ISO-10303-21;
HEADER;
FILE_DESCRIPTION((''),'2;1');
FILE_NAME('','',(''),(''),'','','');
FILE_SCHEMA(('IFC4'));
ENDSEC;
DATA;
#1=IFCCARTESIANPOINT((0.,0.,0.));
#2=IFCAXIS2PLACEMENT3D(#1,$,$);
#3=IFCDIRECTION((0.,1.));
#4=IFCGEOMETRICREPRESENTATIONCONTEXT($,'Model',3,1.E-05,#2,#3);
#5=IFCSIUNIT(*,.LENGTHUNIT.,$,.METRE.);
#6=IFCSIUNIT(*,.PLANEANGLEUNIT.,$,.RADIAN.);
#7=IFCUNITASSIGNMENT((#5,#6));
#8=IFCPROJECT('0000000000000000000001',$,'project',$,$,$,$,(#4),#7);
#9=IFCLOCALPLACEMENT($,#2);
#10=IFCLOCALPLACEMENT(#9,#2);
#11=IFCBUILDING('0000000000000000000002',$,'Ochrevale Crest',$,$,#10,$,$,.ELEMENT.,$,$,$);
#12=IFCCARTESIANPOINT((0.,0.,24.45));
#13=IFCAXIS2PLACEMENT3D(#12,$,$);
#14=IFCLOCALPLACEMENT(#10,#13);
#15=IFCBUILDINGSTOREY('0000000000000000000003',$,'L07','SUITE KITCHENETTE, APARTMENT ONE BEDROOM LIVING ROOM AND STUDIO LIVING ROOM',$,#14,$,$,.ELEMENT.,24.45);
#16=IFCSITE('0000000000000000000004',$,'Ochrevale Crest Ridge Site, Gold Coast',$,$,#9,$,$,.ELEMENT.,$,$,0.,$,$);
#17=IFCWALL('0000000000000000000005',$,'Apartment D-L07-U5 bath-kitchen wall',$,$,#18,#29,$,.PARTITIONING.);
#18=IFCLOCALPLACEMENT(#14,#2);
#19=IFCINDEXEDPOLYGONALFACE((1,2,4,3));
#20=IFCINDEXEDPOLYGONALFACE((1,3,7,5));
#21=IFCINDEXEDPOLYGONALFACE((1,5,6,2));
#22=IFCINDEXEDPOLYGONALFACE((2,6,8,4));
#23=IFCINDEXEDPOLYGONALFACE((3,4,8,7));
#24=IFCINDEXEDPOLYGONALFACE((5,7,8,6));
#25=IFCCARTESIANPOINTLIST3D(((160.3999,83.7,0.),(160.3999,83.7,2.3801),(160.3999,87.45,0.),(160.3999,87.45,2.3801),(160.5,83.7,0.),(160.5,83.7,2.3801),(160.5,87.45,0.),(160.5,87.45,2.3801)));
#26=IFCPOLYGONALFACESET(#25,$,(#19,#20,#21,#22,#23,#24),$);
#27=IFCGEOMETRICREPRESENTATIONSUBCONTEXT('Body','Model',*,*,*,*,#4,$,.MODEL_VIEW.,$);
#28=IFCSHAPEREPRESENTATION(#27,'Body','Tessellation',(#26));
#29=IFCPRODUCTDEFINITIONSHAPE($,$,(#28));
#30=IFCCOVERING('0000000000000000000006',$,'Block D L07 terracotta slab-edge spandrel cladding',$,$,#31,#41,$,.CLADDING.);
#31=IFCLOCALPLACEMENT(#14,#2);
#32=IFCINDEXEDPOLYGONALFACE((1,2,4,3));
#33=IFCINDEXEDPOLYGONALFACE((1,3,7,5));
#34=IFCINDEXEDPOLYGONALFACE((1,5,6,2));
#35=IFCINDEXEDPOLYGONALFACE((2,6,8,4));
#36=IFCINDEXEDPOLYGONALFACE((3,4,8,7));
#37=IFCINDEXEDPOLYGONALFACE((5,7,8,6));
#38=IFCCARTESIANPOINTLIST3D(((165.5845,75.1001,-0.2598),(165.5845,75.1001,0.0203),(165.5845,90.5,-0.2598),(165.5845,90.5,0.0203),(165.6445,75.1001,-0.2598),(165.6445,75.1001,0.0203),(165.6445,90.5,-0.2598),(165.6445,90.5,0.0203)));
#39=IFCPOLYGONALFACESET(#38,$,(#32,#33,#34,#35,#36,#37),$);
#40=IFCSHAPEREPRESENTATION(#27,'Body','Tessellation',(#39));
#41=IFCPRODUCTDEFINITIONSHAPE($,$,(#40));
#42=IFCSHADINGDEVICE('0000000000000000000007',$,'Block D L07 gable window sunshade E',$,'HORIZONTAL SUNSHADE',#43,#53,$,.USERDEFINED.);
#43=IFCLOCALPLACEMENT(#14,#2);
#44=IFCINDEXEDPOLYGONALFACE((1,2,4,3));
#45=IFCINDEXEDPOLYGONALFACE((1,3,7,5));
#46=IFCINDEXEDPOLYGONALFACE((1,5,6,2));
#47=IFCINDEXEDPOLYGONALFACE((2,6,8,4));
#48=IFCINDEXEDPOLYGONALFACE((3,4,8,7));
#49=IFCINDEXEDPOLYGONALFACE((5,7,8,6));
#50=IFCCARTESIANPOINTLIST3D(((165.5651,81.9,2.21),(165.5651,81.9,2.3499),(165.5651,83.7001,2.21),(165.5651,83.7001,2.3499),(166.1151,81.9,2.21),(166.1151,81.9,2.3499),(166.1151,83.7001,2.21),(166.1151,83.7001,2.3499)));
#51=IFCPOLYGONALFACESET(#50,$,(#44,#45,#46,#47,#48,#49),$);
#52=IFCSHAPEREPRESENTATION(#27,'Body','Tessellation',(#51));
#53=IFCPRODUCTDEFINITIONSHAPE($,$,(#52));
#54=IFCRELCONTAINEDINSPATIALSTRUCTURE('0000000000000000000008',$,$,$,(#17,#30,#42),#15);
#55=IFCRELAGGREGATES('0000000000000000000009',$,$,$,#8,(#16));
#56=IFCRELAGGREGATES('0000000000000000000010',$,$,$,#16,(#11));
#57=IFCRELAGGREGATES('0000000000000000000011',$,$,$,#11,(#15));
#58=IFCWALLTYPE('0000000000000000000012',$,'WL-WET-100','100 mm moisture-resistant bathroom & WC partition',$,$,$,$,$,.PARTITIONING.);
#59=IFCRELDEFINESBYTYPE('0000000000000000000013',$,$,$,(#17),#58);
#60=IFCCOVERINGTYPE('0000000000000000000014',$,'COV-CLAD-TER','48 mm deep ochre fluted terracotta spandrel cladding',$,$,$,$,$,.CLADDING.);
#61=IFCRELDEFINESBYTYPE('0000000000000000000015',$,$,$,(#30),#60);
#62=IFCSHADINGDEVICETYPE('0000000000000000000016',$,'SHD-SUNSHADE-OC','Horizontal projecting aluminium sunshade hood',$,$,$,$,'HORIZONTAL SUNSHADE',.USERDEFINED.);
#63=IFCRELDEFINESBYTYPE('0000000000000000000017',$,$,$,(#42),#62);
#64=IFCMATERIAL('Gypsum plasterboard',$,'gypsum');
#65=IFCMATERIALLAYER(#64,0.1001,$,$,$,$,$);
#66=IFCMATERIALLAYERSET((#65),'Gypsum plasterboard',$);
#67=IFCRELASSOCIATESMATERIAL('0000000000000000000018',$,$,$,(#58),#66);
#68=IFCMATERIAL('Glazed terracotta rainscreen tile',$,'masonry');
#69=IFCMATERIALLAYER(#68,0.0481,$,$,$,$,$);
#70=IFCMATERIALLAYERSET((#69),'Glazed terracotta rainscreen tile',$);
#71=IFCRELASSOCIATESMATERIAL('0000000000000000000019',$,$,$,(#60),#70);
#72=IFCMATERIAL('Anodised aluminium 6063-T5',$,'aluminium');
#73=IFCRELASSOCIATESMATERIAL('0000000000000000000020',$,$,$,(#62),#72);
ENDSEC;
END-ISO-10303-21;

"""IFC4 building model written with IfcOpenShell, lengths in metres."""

from ifc_helpers import new_model, si_unit, direction, frame, frame_2d, origin, origin_2d, place, context, subcontext, project, spatial, rectangle, extrude, material, layer, layer_set, type_object, element, save


model = new_model("IFC4")

# Units and contexts
model_context = context("Model", 3, precision=1e-05, world=origin(), true_north=direction((0.0, 1.0)))
body_context = subcontext(model_context, "Body", "Model", "MODEL_VIEW")
ifc_project = project(units=[si_unit("LENGTHUNIT", "METRE"), si_unit("PLANEANGLEUNIT", "RADIAN")], contexts=[model_context])

# Site, building, storey
site_placement = place(None, origin())
site = spatial("IfcSite", under=ifc_project, at=site_placement, Name="Ochrevale Crest Ridge Site, Gold Coast", CompositionType="ELEMENT", RefElevation=0.0)
building_placement = place(site_placement, origin())
building = spatial("IfcBuilding", under=site, at=building_placement, Name="Ochrevale Crest", CompositionType="ELEMENT")
storey_placement = place(building_placement, frame((0.0, 0.0, 24.45)))
storey = spatial("IfcBuildingStorey", under=building, at=storey_placement, Name="L07", Description="SUITE KITCHENETTE, APARTMENT ONE BEDROOM LIVING ROOM AND STUDIO LIVING ROOM", CompositionType="ELEMENT", Elevation=24.45)

# Shared definitions
ifc_material_1 = material(Name="Anodised aluminium 6063-T5", Category="aluminium")

# Shared definitions
ifc_material_2 = material(Name="Gypsum plasterboard", Category="gypsum")

# Wall
ifc_layer_1 = layer(ifc_material_2, 0.1001)
ifc_layer_set_1 = layer_set([ifc_layer_1], Name="Gypsum plasterboard")
wall_type_1 = type_object("IfcWallType", Name="WL-WET-100", Description="100 mm moisture-resistant bathroom & WC partition", PredefinedType="PARTITIONING", material=ifc_layer_set_1)
wall_1_placement = place(storey_placement, frame((160.45, 83.7, 0.0), z_axis=(0.0, 0.0, 1.0), x_axis=(0.0, 1.0, 0.0)))
element("IfcWall", 1, at=wall_1_placement, inside=storey, type_object=wall_type_1, Name="Apartment D-L07-U5 bath-kitchen wall", PredefinedType="PARTITIONING", context=body_context, shape_type="SweptSolid", body=[
    extrude(rectangle(XDim=3.75, YDim=0.1001, at=frame_2d((1.875, 0.0))), origin(), (0.0, 0.0, 1.0), 2.3801),
])

# Covering
ifc_material_3 = material(Name="Glazed terracotta rainscreen tile", Category="masonry")
ifc_layer_2 = layer(ifc_material_3, 0.0481)
ifc_layer_set_2 = layer_set([ifc_layer_2], Name="Glazed terracotta rainscreen tile")
covering_type = type_object("IfcCoveringType", Name="COV-CLAD-TER", Description="48 mm deep ochre fluted terracotta spandrel cladding", PredefinedType="CLADDING", material=ifc_layer_set_2)
covering_placement = place(storey_placement, frame((165.6145, 82.8, -0.2598), z_axis=(0.0, 0.0, 1.0), x_axis=(0.0, 1.0, 0.0)))
element("IfcCovering", 2, at=covering_placement, inside=storey, type_object=covering_type, Name="Block D L07 terracotta slab-edge spandrel cladding", PredefinedType="CLADDING", context=body_context, shape_type="SweptSolid", body=[
    extrude(rectangle(XDim=15.3999, YDim=0.0601, at=origin_2d()), origin(), (0.0, 0.0, 1.0), 0.28),
])

# Shading device
shading_device_type = type_object("IfcShadingDeviceType", Name="SHD-SUNSHADE-OC", Description="Horizontal projecting aluminium sunshade hood", ElementType="HORIZONTAL SUNSHADE", PredefinedType="USERDEFINED", material=ifc_material_1)
shading_device_placement = place(storey_placement, frame((165.8401, 82.8, 2.21), z_axis=(0.0, 0.0, 1.0), x_axis=(1.0, 0.0, 0.0)))
element("IfcShadingDevice", 3, at=shading_device_placement, inside=storey, type_object=shading_device_type, Name="Block D L07 gable window sunshade E", ObjectType="HORIZONTAL SUNSHADE", PredefinedType="USERDEFINED", context=body_context, shape_type="SweptSolid", body=[
    extrude(rectangle(XDim=0.55, YDim=1.8, at=origin_2d()), origin(), (0.0, 0.0, 1.0), 0.1399),
])

save(model, "model.ifc")
